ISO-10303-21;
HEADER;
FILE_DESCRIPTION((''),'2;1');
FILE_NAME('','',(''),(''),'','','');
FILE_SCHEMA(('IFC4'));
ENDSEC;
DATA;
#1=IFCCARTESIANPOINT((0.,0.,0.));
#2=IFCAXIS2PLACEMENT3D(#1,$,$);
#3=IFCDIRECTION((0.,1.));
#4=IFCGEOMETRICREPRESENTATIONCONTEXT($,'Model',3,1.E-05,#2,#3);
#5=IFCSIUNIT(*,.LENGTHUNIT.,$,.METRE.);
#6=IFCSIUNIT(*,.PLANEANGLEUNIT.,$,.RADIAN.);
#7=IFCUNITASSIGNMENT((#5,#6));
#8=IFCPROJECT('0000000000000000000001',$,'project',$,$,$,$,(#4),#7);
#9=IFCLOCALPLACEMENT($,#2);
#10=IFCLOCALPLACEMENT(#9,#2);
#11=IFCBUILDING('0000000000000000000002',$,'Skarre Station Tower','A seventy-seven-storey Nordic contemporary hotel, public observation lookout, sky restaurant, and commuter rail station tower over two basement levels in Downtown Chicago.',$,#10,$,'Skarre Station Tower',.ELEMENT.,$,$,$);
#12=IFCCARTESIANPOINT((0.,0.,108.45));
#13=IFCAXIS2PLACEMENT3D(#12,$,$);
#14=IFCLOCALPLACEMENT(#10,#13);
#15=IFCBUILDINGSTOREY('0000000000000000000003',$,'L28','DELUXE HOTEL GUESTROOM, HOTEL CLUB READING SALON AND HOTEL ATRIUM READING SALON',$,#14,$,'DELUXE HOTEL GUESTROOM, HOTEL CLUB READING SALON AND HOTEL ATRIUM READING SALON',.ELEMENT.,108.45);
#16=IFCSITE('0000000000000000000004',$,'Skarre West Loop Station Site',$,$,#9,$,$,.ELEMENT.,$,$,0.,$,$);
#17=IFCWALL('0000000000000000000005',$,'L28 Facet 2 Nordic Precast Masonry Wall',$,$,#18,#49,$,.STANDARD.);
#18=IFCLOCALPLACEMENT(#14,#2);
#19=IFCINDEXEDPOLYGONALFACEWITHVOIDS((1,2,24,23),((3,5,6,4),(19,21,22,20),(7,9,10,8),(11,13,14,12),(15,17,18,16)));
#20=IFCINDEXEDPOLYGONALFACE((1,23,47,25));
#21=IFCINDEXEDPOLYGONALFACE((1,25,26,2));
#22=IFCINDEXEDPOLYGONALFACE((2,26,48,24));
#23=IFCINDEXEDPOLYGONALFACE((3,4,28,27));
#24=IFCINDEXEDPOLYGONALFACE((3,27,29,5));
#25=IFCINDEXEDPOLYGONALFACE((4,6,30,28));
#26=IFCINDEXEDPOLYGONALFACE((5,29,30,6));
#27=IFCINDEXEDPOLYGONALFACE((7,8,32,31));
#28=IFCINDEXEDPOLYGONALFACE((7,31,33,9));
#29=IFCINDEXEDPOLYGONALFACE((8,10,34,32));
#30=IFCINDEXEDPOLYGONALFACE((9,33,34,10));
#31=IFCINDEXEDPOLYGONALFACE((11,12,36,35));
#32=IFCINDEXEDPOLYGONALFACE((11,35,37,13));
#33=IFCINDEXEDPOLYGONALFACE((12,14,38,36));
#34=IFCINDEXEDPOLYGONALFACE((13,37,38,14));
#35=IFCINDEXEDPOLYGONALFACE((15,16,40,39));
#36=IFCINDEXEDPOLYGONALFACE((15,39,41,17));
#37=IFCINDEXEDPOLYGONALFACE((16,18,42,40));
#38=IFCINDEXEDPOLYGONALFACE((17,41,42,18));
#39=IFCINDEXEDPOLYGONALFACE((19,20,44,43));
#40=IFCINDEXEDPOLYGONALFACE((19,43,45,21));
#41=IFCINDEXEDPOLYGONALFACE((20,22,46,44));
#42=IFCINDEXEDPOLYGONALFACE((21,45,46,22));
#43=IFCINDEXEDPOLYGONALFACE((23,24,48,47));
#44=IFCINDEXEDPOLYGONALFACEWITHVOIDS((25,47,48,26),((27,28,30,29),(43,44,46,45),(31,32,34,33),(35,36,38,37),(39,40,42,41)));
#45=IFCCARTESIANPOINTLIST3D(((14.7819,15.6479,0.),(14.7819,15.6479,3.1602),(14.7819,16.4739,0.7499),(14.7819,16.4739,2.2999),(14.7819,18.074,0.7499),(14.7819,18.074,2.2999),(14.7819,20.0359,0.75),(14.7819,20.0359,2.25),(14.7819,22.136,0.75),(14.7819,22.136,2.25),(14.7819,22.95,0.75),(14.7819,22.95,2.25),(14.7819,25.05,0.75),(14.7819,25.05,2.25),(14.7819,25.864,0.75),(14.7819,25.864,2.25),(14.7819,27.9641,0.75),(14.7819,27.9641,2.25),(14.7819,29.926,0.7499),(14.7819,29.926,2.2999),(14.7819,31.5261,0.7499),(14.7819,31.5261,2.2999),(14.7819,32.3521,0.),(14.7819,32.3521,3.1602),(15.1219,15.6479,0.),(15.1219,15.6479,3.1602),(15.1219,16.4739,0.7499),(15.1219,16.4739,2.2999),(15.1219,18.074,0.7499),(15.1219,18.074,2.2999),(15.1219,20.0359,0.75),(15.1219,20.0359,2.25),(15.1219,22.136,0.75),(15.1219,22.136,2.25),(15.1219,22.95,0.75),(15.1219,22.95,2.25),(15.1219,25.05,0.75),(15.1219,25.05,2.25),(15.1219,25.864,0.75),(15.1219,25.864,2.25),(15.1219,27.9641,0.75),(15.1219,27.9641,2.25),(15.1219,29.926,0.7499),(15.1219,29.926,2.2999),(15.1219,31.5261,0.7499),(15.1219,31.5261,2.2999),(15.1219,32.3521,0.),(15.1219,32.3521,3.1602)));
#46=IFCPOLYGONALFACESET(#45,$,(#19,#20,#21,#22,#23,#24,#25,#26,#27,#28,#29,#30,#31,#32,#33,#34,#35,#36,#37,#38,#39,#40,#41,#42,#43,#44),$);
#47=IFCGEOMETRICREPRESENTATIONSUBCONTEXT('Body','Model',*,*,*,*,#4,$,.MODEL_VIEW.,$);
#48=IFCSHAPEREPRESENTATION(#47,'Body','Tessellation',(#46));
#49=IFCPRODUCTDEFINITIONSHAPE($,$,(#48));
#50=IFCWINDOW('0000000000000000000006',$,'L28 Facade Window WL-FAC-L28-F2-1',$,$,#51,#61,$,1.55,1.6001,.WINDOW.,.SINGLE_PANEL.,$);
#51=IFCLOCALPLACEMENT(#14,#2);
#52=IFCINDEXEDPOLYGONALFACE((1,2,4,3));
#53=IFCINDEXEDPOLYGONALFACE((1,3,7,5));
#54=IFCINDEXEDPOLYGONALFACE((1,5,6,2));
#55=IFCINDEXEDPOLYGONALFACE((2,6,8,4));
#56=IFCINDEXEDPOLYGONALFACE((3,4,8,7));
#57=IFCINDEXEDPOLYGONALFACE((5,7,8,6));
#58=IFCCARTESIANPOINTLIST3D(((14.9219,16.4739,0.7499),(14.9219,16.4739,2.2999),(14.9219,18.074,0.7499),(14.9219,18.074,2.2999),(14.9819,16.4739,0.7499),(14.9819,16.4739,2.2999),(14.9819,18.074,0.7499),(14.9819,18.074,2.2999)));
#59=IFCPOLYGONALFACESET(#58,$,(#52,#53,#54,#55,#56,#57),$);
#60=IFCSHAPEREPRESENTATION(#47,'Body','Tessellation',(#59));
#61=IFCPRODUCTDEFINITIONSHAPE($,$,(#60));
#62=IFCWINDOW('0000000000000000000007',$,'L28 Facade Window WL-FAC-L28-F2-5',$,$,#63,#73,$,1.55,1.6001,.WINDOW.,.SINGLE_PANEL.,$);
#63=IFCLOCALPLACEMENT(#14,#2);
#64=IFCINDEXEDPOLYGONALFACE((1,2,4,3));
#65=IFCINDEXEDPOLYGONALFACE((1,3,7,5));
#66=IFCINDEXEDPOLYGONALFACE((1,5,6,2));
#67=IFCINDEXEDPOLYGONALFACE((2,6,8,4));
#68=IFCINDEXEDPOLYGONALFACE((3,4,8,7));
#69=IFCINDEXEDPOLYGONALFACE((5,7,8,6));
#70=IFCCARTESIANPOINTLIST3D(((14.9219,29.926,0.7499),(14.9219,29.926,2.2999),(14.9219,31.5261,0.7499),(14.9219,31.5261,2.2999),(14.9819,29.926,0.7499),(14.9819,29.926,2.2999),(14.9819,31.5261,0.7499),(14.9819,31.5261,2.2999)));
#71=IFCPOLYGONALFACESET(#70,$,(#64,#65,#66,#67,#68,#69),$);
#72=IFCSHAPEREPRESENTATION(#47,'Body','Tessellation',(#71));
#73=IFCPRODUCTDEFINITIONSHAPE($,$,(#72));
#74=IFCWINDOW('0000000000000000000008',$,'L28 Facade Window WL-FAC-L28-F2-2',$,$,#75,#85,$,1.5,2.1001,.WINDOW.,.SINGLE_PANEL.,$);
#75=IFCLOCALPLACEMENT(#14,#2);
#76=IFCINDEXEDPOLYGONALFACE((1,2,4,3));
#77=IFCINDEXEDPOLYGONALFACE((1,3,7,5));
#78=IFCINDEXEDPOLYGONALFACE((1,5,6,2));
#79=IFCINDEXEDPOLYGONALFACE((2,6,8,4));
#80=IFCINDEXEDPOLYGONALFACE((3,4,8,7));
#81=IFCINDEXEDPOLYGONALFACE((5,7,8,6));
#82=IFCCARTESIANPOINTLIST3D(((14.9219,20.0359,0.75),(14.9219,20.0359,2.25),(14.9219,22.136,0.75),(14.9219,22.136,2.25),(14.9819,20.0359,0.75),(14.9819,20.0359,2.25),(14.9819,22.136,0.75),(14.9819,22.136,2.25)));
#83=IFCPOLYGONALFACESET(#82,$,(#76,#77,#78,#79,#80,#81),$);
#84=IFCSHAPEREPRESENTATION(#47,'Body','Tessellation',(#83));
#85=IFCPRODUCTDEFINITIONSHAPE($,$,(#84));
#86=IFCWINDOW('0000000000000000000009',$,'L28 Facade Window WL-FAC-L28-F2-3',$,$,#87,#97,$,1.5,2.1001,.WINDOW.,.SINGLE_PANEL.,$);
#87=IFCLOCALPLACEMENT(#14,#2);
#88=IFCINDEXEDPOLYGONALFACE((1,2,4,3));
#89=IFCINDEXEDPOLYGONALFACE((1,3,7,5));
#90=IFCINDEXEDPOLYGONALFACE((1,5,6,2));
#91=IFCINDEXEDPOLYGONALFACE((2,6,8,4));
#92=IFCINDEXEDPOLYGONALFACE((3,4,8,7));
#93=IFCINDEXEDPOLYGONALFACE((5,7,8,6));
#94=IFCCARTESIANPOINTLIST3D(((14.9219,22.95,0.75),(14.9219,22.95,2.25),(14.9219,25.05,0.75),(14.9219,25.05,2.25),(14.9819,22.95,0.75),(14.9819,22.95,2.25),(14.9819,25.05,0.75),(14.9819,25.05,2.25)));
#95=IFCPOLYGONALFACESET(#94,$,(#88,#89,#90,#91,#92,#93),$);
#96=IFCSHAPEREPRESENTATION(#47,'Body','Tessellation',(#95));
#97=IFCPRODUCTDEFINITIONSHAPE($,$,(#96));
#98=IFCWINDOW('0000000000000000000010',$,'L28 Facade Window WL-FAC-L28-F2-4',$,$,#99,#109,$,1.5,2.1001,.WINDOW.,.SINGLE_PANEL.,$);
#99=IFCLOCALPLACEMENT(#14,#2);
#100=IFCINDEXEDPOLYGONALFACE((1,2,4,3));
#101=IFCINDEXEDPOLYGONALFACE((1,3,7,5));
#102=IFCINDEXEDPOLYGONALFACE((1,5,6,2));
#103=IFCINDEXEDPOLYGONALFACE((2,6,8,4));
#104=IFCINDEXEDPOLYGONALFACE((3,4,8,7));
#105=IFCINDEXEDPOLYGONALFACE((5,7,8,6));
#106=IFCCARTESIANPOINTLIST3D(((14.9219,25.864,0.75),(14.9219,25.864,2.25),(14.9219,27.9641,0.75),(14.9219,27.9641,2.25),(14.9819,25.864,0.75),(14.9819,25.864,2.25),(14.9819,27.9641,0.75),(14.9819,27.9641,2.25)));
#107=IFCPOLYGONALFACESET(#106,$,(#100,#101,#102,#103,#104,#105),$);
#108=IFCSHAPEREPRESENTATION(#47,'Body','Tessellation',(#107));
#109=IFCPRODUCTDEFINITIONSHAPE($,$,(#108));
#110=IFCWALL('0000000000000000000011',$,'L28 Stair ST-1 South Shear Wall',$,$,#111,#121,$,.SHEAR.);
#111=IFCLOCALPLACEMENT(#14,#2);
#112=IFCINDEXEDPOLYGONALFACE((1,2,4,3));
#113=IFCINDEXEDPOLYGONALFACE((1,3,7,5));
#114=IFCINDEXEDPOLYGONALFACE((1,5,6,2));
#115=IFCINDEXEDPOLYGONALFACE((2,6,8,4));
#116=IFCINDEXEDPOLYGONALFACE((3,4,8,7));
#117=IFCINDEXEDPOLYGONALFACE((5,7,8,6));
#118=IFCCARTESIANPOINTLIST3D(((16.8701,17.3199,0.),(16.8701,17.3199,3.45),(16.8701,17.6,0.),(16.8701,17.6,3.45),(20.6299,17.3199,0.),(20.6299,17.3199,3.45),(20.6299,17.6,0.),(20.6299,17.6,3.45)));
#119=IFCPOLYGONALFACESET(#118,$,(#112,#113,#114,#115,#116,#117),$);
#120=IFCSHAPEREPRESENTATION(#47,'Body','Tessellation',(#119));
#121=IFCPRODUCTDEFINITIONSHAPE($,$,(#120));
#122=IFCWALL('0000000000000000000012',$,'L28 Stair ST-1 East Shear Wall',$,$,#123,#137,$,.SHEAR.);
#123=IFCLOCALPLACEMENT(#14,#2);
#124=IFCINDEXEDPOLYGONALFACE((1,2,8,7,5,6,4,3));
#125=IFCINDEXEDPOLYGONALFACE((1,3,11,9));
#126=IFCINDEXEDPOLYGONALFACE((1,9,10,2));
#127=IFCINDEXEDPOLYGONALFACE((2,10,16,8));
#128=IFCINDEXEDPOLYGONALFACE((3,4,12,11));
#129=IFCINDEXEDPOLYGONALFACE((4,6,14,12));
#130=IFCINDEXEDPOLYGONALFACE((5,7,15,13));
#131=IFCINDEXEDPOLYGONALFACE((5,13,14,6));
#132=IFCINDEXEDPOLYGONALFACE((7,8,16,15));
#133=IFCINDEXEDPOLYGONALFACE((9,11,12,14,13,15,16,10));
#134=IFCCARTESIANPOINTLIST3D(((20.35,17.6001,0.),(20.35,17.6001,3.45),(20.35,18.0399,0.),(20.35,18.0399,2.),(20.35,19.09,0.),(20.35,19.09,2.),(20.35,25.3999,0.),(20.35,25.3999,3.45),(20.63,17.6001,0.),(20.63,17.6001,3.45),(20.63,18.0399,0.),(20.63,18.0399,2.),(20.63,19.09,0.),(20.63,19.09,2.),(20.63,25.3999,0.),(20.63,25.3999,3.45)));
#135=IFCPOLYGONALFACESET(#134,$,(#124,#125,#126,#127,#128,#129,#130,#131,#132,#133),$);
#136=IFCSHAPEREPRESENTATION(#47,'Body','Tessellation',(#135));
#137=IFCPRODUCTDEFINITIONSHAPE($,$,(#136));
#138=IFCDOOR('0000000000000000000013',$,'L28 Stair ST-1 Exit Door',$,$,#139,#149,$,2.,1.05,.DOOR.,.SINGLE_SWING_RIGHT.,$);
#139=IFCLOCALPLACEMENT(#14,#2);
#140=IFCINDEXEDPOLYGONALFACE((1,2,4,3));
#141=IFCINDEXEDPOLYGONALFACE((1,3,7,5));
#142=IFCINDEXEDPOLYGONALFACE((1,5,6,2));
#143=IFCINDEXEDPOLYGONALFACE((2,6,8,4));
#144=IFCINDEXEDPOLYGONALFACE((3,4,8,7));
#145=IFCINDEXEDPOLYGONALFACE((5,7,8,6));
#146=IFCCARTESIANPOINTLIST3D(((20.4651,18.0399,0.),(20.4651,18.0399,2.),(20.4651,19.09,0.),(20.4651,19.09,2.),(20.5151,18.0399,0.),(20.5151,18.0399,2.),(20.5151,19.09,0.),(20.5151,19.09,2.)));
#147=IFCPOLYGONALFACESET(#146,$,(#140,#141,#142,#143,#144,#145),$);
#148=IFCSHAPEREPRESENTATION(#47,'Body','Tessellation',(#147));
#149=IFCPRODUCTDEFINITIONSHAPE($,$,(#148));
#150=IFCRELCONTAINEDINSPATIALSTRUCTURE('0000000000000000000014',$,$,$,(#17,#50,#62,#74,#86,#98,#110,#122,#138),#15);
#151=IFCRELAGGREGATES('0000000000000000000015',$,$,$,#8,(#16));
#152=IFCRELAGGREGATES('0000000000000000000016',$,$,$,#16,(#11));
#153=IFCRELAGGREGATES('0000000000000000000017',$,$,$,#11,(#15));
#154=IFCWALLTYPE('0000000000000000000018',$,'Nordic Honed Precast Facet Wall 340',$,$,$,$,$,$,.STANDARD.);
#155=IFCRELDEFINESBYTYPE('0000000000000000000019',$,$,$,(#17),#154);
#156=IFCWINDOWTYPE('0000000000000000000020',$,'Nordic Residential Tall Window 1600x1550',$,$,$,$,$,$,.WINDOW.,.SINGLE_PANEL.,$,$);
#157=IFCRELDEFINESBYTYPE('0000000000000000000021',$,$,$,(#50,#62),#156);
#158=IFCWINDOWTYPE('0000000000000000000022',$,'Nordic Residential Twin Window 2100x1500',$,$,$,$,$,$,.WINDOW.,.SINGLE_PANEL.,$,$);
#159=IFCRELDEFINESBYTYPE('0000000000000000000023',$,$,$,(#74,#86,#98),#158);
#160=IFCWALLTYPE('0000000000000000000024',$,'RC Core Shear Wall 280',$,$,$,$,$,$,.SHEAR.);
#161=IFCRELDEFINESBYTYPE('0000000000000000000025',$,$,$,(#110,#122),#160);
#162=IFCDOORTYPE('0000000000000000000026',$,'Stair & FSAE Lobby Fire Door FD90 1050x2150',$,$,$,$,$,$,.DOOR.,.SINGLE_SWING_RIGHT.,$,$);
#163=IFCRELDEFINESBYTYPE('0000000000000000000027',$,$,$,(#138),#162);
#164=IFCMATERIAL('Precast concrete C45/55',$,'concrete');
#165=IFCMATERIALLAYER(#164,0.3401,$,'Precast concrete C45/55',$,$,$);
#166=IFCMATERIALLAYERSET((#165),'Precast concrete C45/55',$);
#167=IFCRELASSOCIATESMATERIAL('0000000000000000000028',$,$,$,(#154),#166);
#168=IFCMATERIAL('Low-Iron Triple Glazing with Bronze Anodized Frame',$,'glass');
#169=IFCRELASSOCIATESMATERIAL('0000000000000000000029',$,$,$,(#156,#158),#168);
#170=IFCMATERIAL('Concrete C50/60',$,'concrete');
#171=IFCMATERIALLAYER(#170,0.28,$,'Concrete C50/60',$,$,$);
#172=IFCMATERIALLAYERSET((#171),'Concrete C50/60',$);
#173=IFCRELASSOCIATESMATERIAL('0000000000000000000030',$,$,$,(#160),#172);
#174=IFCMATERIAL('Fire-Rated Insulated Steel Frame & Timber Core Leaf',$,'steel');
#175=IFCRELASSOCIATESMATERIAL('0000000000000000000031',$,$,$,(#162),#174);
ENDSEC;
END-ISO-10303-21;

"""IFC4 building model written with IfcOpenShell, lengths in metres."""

from ifc_helpers import new_model, si_unit, direction, frame, frame_2d, origin, place, context, subcontext, project, spatial, rectangle, extrude, material, layer, layer_set, type_object, element, fill, save


model = new_model("IFC4")

# Units and contexts
model_context = context("Model", 3, precision=1e-05, world=origin(), true_north=direction((0.0, 1.0)))
body_context = subcontext(model_context, "Body", "Model", "MODEL_VIEW")
ifc_project = project(units=[si_unit("LENGTHUNIT", "METRE"), si_unit("PLANEANGLEUNIT", "RADIAN")], contexts=[model_context])

# Site, building, storey
site_placement = place(None, origin())
site = spatial("IfcSite", under=ifc_project, at=site_placement, Name="Skarre West Loop Station Site", CompositionType="ELEMENT", RefElevation=0.0)
building_placement = place(site_placement, origin())
building = spatial("IfcBuilding", under=site, at=building_placement, Name="Skarre Station Tower", Description="A seventy-seven-storey Nordic contemporary hotel, public observation lookout, sky restaurant, and commuter rail station tower over two basement levels in Downtown Chicago.", LongName="Skarre Station Tower", CompositionType="ELEMENT")
storey_placement = place(building_placement, frame((0.0, 0.0, 108.45)))
storey = spatial("IfcBuildingStorey", under=building, at=storey_placement, Name="L28", Description="DELUXE HOTEL GUESTROOM, HOTEL CLUB READING SALON AND HOTEL ATRIUM READING SALON", LongName="DELUXE HOTEL GUESTROOM, HOTEL CLUB READING SALON AND HOTEL ATRIUM READING SALON", CompositionType="ELEMENT", Elevation=108.45)

# Wall, openings, windows
ifc_material_1 = material(Name="Precast concrete C45/55", Category="concrete")
ifc_layer_1 = layer(ifc_material_1, 0.3401, Name="Precast concrete C45/55")
ifc_layer_set_1 = layer_set([ifc_layer_1], Name="Precast concrete C45/55")
wall_type_1 = type_object("IfcWallType", Name="Nordic Honed Precast Facet Wall 340", PredefinedType="STANDARD", material=ifc_layer_set_1)
wall_1_placement = place(storey_placement, frame((14.9519, 15.6479, 0.0), z_axis=(0.0, 0.0, 1.0), x_axis=(0.0, 1.0, 0.0)))
wall_1 = element("IfcWall", 1, at=wall_1_placement, inside=storey, type_object=wall_type_1, Name="L28 Facet 2 Nordic Precast Masonry Wall", PredefinedType="STANDARD", context=body_context, shape_type="SweptSolid", body=[
    extrude(rectangle(XDim=16.7041, YDim=0.3401, at=frame_2d((8.3521, 0.0))), origin(), (0.0, 0.0, 1.0), 3.1602),
])
opening_1_placement = place(wall_1_placement, frame((0.8259, 0.0, 0.75)))
opening_1 = element("IfcOpeningElement", 2, at=opening_1_placement, cuts=wall_1, PredefinedType="OPENING", context=body_context, shape_type="SweptSolid", body=[
    extrude(rectangle(XDim=1.6001, YDim=1.55, at=frame_2d((0.8, 0.7749))), frame((0.0, 0.1799, 0.0), z_axis=(0.0, -1.0, 0.0), x_axis=(1.0, 0.0, 0.0)), (0.0, 0.0, 1.0), 0.3601),
])
opening_2_placement = place(wall_1_placement, frame((4.3879, 0.0, 0.75)))
opening_2 = element("IfcOpeningElement", 3, at=opening_2_placement, cuts=wall_1, PredefinedType="OPENING", context=body_context, shape_type="SweptSolid", body=[
    extrude(rectangle(XDim=2.1001, YDim=1.5, at=frame_2d((1.05, 0.75))), frame((0.0, 0.1799, 0.0), z_axis=(0.0, -1.0, 0.0), x_axis=(1.0, 0.0, 0.0)), (0.0, 0.0, 1.0), 0.3601),
])
opening_3_placement = place(wall_1_placement, frame((7.302, 0.0, 0.75)))
opening_3 = element("IfcOpeningElement", 4, at=opening_3_placement, cuts=wall_1, PredefinedType="OPENING", context=body_context, shape_type="SweptSolid", body=[
    extrude(rectangle(XDim=2.1001, YDim=1.5, at=frame_2d((1.05, 0.75))), frame((0.0, 0.1799, 0.0), z_axis=(0.0, -1.0, 0.0), x_axis=(1.0, 0.0, 0.0)), (0.0, 0.0, 1.0), 0.3601),
])
opening_4_placement = place(wall_1_placement, frame((10.2161, 0.0, 0.75)))
opening_4 = element("IfcOpeningElement", 5, at=opening_4_placement, cuts=wall_1, PredefinedType="OPENING", context=body_context, shape_type="SweptSolid", body=[
    extrude(rectangle(XDim=2.1001, YDim=1.5, at=frame_2d((1.05, 0.75))), frame((0.0, 0.1799, 0.0), z_axis=(0.0, -1.0, 0.0), x_axis=(1.0, 0.0, 0.0)), (0.0, 0.0, 1.0), 0.3601),
])
opening_5_placement = place(wall_1_placement, frame((14.2781, 0.0, 0.75)))
opening_5 = element("IfcOpeningElement", 6, at=opening_5_placement, cuts=wall_1, PredefinedType="OPENING", context=body_context, shape_type="SweptSolid", body=[
    extrude(rectangle(XDim=1.6001, YDim=1.55, at=frame_2d((0.8, 0.7749))), frame((0.0, 0.1799, 0.0), z_axis=(0.0, -1.0, 0.0), x_axis=(1.0, 0.0, 0.0)), (0.0, 0.0, 1.0), 0.3601),
])
ifc_material_2 = material(Name="Low-Iron Triple Glazing with Bronze Anodized Frame", Category="glass")
window_type_1 = type_object("IfcWindowType", Name="Nordic Residential Tall Window 1600x1550", PartitioningType="SINGLE_PANEL", PredefinedType="WINDOW", material=ifc_material_2)
window_1_placement = place(opening_1_placement, origin())
window_1 = element("IfcWindow", 7, at=window_1_placement, inside=storey, type_object=window_type_1, Name="L28 Facade Window WL-FAC-L28-F2-1", OverallHeight=1.55, OverallWidth=1.6001, PartitioningType="SINGLE_PANEL", PredefinedType="WINDOW", context=body_context, shape_type="SweptSolid", body=[
    extrude(rectangle(XDim=1.6001, YDim=1.55, at=frame_2d((0.8, 0.7749))), frame((0.0, 0.03, 0.0), z_axis=(0.0, -1.0, 0.0), x_axis=(1.0, 0.0, 0.0)), (0.0, 0.0, 1.0), 0.0601),
])
fill(opening_1, window_1)
window_2_placement = place(opening_5_placement, origin())
window_2 = element("IfcWindow", 8, at=window_2_placement, inside=storey, type_object=window_type_1, Name="L28 Facade Window WL-FAC-L28-F2-5", OverallHeight=1.55, OverallWidth=1.6001, PartitioningType="SINGLE_PANEL", PredefinedType="WINDOW", context=body_context, shape_type="SweptSolid", body=[
    extrude(rectangle(XDim=1.6001, YDim=1.55, at=frame_2d((0.8, 0.7749))), frame((0.0, 0.03, 0.0), z_axis=(0.0, -1.0, 0.0), x_axis=(1.0, 0.0, 0.0)), (0.0, 0.0, 1.0), 0.0601),
])
fill(opening_5, window_2)
window_type_2 = type_object("IfcWindowType", Name="Nordic Residential Twin Window 2100x1500", PartitioningType="SINGLE_PANEL", PredefinedType="WINDOW", material=ifc_material_2)
window_3_placement = place(opening_2_placement, origin())
window_3 = element("IfcWindow", 9, at=window_3_placement, inside=storey, type_object=window_type_2, Name="L28 Facade Window WL-FAC-L28-F2-2", OverallHeight=1.5, OverallWidth=2.1001, PartitioningType="SINGLE_PANEL", PredefinedType="WINDOW", context=body_context, shape_type="SweptSolid", body=[
    extrude(rectangle(XDim=2.1001, YDim=1.5, at=frame_2d((1.05, 0.75))), frame((0.0, 0.03, 0.0), z_axis=(0.0, -1.0, 0.0), x_axis=(1.0, 0.0, 0.0)), (0.0, 0.0, 1.0), 0.0601),
])
fill(opening_2, window_3)
window_4_placement = place(opening_3_placement, origin())
window_4 = element("IfcWindow", 10, at=window_4_placement, inside=storey, type_object=window_type_2, Name="L28 Facade Window WL-FAC-L28-F2-3", OverallHeight=1.5, OverallWidth=2.1001, PartitioningType="SINGLE_PANEL", PredefinedType="WINDOW", context=body_context, shape_type="SweptSolid", body=[
    extrude(rectangle(XDim=2.1001, YDim=1.5, at=frame_2d((1.05, 0.75))), frame((0.0, 0.03, 0.0), z_axis=(0.0, -1.0, 0.0), x_axis=(1.0, 0.0, 0.0)), (0.0, 0.0, 1.0), 0.0601),
])
fill(opening_3, window_4)
window_5_placement = place(opening_4_placement, origin())
window_5 = element("IfcWindow", 11, at=window_5_placement, inside=storey, type_object=window_type_2, Name="L28 Facade Window WL-FAC-L28-F2-4", OverallHeight=1.5, OverallWidth=2.1001, PartitioningType="SINGLE_PANEL", PredefinedType="WINDOW", context=body_context, shape_type="SweptSolid", body=[
    extrude(rectangle(XDim=2.1001, YDim=1.5, at=frame_2d((1.05, 0.75))), frame((0.0, 0.03, 0.0), z_axis=(0.0, -1.0, 0.0), x_axis=(1.0, 0.0, 0.0)), (0.0, 0.0, 1.0), 0.0601),
])
fill(opening_4, window_5)

# Wall
ifc_material_3 = material(Name="Concrete C50/60", Category="concrete")
ifc_layer_2 = layer(ifc_material_3, 0.28, Name="Concrete C50/60")
ifc_layer_set_2 = layer_set([ifc_layer_2], Name="Concrete C50/60")
wall_type_2 = type_object("IfcWallType", Name="RC Core Shear Wall 280", PredefinedType="SHEAR", material=ifc_layer_set_2)
wall_2_placement = place(storey_placement, frame((16.8701, 17.46, 0.0), z_axis=(0.0, 0.0, 1.0), x_axis=(1.0, 0.0, 0.0)))
element("IfcWall", 12, at=wall_2_placement, inside=storey, type_object=wall_type_2, Name="L28 Stair ST-1 South Shear Wall", PredefinedType="SHEAR", context=body_context, shape_type="SweptSolid", body=[
    extrude(rectangle(XDim=3.7598, YDim=0.28, at=frame_2d((1.8799, 0.0))), origin(), (0.0, 0.0, 1.0), 3.45),
])

# Wall, opening, door
wall_3_placement = place(storey_placement, frame((20.49, 17.6001, 0.0), z_axis=(0.0, 0.0, 1.0), x_axis=(0.0, 1.0, 0.0)))
wall_3 = element("IfcWall", 13, at=wall_3_placement, inside=storey, type_object=wall_type_2, Name="L28 Stair ST-1 East Shear Wall", PredefinedType="SHEAR", context=body_context, shape_type="SweptSolid", body=[
    extrude(rectangle(XDim=7.7998, YDim=0.28, at=frame_2d((3.8999, 0.0))), origin(), (0.0, 0.0, 1.0), 3.45),
])
opening_6_placement = place(wall_3_placement, frame((0.4399, 0.0, 0.0)))
opening_6 = element("IfcOpeningElement", 14, at=opening_6_placement, cuts=wall_3, PredefinedType="OPENING", context=body_context, shape_type="SweptSolid", body=[
    extrude(rectangle(XDim=1.05, YDim=2.0, at=frame_2d((0.5249, 1.0))), frame((0.0, 0.1499, 0.0), z_axis=(0.0, -1.0, 0.0), x_axis=(1.0, 0.0, 0.0)), (0.0, 0.0, 1.0), 0.3),
])
ifc_material_4 = material(Name="Fire-Rated Insulated Steel Frame & Timber Core Leaf", Category="steel")
door_type = type_object("IfcDoorType", Name="Stair & FSAE Lobby Fire Door FD90 1050x2150", OperationType="SINGLE_SWING_RIGHT", PredefinedType="DOOR", material=ifc_material_4)
door_placement = place(opening_6_placement, origin())
door = element("IfcDoor", 15, at=door_placement, inside=storey, type_object=door_type, Name="L28 Stair ST-1 Exit Door", OperationType="SINGLE_SWING_RIGHT", OverallHeight=2.0, OverallWidth=1.05, PredefinedType="DOOR", context=body_context, shape_type="SweptSolid", body=[
    extrude(rectangle(XDim=1.05, YDim=2.0, at=frame_2d((0.5249, 1.0))), frame((0.0, 0.0249, 0.0), z_axis=(0.0, -1.0, 0.0), x_axis=(1.0, 0.0, 0.0)), (0.0, 0.0, 1.0), 0.05),
])
fill(opening_6, door)

save(model, "model.ifc")
